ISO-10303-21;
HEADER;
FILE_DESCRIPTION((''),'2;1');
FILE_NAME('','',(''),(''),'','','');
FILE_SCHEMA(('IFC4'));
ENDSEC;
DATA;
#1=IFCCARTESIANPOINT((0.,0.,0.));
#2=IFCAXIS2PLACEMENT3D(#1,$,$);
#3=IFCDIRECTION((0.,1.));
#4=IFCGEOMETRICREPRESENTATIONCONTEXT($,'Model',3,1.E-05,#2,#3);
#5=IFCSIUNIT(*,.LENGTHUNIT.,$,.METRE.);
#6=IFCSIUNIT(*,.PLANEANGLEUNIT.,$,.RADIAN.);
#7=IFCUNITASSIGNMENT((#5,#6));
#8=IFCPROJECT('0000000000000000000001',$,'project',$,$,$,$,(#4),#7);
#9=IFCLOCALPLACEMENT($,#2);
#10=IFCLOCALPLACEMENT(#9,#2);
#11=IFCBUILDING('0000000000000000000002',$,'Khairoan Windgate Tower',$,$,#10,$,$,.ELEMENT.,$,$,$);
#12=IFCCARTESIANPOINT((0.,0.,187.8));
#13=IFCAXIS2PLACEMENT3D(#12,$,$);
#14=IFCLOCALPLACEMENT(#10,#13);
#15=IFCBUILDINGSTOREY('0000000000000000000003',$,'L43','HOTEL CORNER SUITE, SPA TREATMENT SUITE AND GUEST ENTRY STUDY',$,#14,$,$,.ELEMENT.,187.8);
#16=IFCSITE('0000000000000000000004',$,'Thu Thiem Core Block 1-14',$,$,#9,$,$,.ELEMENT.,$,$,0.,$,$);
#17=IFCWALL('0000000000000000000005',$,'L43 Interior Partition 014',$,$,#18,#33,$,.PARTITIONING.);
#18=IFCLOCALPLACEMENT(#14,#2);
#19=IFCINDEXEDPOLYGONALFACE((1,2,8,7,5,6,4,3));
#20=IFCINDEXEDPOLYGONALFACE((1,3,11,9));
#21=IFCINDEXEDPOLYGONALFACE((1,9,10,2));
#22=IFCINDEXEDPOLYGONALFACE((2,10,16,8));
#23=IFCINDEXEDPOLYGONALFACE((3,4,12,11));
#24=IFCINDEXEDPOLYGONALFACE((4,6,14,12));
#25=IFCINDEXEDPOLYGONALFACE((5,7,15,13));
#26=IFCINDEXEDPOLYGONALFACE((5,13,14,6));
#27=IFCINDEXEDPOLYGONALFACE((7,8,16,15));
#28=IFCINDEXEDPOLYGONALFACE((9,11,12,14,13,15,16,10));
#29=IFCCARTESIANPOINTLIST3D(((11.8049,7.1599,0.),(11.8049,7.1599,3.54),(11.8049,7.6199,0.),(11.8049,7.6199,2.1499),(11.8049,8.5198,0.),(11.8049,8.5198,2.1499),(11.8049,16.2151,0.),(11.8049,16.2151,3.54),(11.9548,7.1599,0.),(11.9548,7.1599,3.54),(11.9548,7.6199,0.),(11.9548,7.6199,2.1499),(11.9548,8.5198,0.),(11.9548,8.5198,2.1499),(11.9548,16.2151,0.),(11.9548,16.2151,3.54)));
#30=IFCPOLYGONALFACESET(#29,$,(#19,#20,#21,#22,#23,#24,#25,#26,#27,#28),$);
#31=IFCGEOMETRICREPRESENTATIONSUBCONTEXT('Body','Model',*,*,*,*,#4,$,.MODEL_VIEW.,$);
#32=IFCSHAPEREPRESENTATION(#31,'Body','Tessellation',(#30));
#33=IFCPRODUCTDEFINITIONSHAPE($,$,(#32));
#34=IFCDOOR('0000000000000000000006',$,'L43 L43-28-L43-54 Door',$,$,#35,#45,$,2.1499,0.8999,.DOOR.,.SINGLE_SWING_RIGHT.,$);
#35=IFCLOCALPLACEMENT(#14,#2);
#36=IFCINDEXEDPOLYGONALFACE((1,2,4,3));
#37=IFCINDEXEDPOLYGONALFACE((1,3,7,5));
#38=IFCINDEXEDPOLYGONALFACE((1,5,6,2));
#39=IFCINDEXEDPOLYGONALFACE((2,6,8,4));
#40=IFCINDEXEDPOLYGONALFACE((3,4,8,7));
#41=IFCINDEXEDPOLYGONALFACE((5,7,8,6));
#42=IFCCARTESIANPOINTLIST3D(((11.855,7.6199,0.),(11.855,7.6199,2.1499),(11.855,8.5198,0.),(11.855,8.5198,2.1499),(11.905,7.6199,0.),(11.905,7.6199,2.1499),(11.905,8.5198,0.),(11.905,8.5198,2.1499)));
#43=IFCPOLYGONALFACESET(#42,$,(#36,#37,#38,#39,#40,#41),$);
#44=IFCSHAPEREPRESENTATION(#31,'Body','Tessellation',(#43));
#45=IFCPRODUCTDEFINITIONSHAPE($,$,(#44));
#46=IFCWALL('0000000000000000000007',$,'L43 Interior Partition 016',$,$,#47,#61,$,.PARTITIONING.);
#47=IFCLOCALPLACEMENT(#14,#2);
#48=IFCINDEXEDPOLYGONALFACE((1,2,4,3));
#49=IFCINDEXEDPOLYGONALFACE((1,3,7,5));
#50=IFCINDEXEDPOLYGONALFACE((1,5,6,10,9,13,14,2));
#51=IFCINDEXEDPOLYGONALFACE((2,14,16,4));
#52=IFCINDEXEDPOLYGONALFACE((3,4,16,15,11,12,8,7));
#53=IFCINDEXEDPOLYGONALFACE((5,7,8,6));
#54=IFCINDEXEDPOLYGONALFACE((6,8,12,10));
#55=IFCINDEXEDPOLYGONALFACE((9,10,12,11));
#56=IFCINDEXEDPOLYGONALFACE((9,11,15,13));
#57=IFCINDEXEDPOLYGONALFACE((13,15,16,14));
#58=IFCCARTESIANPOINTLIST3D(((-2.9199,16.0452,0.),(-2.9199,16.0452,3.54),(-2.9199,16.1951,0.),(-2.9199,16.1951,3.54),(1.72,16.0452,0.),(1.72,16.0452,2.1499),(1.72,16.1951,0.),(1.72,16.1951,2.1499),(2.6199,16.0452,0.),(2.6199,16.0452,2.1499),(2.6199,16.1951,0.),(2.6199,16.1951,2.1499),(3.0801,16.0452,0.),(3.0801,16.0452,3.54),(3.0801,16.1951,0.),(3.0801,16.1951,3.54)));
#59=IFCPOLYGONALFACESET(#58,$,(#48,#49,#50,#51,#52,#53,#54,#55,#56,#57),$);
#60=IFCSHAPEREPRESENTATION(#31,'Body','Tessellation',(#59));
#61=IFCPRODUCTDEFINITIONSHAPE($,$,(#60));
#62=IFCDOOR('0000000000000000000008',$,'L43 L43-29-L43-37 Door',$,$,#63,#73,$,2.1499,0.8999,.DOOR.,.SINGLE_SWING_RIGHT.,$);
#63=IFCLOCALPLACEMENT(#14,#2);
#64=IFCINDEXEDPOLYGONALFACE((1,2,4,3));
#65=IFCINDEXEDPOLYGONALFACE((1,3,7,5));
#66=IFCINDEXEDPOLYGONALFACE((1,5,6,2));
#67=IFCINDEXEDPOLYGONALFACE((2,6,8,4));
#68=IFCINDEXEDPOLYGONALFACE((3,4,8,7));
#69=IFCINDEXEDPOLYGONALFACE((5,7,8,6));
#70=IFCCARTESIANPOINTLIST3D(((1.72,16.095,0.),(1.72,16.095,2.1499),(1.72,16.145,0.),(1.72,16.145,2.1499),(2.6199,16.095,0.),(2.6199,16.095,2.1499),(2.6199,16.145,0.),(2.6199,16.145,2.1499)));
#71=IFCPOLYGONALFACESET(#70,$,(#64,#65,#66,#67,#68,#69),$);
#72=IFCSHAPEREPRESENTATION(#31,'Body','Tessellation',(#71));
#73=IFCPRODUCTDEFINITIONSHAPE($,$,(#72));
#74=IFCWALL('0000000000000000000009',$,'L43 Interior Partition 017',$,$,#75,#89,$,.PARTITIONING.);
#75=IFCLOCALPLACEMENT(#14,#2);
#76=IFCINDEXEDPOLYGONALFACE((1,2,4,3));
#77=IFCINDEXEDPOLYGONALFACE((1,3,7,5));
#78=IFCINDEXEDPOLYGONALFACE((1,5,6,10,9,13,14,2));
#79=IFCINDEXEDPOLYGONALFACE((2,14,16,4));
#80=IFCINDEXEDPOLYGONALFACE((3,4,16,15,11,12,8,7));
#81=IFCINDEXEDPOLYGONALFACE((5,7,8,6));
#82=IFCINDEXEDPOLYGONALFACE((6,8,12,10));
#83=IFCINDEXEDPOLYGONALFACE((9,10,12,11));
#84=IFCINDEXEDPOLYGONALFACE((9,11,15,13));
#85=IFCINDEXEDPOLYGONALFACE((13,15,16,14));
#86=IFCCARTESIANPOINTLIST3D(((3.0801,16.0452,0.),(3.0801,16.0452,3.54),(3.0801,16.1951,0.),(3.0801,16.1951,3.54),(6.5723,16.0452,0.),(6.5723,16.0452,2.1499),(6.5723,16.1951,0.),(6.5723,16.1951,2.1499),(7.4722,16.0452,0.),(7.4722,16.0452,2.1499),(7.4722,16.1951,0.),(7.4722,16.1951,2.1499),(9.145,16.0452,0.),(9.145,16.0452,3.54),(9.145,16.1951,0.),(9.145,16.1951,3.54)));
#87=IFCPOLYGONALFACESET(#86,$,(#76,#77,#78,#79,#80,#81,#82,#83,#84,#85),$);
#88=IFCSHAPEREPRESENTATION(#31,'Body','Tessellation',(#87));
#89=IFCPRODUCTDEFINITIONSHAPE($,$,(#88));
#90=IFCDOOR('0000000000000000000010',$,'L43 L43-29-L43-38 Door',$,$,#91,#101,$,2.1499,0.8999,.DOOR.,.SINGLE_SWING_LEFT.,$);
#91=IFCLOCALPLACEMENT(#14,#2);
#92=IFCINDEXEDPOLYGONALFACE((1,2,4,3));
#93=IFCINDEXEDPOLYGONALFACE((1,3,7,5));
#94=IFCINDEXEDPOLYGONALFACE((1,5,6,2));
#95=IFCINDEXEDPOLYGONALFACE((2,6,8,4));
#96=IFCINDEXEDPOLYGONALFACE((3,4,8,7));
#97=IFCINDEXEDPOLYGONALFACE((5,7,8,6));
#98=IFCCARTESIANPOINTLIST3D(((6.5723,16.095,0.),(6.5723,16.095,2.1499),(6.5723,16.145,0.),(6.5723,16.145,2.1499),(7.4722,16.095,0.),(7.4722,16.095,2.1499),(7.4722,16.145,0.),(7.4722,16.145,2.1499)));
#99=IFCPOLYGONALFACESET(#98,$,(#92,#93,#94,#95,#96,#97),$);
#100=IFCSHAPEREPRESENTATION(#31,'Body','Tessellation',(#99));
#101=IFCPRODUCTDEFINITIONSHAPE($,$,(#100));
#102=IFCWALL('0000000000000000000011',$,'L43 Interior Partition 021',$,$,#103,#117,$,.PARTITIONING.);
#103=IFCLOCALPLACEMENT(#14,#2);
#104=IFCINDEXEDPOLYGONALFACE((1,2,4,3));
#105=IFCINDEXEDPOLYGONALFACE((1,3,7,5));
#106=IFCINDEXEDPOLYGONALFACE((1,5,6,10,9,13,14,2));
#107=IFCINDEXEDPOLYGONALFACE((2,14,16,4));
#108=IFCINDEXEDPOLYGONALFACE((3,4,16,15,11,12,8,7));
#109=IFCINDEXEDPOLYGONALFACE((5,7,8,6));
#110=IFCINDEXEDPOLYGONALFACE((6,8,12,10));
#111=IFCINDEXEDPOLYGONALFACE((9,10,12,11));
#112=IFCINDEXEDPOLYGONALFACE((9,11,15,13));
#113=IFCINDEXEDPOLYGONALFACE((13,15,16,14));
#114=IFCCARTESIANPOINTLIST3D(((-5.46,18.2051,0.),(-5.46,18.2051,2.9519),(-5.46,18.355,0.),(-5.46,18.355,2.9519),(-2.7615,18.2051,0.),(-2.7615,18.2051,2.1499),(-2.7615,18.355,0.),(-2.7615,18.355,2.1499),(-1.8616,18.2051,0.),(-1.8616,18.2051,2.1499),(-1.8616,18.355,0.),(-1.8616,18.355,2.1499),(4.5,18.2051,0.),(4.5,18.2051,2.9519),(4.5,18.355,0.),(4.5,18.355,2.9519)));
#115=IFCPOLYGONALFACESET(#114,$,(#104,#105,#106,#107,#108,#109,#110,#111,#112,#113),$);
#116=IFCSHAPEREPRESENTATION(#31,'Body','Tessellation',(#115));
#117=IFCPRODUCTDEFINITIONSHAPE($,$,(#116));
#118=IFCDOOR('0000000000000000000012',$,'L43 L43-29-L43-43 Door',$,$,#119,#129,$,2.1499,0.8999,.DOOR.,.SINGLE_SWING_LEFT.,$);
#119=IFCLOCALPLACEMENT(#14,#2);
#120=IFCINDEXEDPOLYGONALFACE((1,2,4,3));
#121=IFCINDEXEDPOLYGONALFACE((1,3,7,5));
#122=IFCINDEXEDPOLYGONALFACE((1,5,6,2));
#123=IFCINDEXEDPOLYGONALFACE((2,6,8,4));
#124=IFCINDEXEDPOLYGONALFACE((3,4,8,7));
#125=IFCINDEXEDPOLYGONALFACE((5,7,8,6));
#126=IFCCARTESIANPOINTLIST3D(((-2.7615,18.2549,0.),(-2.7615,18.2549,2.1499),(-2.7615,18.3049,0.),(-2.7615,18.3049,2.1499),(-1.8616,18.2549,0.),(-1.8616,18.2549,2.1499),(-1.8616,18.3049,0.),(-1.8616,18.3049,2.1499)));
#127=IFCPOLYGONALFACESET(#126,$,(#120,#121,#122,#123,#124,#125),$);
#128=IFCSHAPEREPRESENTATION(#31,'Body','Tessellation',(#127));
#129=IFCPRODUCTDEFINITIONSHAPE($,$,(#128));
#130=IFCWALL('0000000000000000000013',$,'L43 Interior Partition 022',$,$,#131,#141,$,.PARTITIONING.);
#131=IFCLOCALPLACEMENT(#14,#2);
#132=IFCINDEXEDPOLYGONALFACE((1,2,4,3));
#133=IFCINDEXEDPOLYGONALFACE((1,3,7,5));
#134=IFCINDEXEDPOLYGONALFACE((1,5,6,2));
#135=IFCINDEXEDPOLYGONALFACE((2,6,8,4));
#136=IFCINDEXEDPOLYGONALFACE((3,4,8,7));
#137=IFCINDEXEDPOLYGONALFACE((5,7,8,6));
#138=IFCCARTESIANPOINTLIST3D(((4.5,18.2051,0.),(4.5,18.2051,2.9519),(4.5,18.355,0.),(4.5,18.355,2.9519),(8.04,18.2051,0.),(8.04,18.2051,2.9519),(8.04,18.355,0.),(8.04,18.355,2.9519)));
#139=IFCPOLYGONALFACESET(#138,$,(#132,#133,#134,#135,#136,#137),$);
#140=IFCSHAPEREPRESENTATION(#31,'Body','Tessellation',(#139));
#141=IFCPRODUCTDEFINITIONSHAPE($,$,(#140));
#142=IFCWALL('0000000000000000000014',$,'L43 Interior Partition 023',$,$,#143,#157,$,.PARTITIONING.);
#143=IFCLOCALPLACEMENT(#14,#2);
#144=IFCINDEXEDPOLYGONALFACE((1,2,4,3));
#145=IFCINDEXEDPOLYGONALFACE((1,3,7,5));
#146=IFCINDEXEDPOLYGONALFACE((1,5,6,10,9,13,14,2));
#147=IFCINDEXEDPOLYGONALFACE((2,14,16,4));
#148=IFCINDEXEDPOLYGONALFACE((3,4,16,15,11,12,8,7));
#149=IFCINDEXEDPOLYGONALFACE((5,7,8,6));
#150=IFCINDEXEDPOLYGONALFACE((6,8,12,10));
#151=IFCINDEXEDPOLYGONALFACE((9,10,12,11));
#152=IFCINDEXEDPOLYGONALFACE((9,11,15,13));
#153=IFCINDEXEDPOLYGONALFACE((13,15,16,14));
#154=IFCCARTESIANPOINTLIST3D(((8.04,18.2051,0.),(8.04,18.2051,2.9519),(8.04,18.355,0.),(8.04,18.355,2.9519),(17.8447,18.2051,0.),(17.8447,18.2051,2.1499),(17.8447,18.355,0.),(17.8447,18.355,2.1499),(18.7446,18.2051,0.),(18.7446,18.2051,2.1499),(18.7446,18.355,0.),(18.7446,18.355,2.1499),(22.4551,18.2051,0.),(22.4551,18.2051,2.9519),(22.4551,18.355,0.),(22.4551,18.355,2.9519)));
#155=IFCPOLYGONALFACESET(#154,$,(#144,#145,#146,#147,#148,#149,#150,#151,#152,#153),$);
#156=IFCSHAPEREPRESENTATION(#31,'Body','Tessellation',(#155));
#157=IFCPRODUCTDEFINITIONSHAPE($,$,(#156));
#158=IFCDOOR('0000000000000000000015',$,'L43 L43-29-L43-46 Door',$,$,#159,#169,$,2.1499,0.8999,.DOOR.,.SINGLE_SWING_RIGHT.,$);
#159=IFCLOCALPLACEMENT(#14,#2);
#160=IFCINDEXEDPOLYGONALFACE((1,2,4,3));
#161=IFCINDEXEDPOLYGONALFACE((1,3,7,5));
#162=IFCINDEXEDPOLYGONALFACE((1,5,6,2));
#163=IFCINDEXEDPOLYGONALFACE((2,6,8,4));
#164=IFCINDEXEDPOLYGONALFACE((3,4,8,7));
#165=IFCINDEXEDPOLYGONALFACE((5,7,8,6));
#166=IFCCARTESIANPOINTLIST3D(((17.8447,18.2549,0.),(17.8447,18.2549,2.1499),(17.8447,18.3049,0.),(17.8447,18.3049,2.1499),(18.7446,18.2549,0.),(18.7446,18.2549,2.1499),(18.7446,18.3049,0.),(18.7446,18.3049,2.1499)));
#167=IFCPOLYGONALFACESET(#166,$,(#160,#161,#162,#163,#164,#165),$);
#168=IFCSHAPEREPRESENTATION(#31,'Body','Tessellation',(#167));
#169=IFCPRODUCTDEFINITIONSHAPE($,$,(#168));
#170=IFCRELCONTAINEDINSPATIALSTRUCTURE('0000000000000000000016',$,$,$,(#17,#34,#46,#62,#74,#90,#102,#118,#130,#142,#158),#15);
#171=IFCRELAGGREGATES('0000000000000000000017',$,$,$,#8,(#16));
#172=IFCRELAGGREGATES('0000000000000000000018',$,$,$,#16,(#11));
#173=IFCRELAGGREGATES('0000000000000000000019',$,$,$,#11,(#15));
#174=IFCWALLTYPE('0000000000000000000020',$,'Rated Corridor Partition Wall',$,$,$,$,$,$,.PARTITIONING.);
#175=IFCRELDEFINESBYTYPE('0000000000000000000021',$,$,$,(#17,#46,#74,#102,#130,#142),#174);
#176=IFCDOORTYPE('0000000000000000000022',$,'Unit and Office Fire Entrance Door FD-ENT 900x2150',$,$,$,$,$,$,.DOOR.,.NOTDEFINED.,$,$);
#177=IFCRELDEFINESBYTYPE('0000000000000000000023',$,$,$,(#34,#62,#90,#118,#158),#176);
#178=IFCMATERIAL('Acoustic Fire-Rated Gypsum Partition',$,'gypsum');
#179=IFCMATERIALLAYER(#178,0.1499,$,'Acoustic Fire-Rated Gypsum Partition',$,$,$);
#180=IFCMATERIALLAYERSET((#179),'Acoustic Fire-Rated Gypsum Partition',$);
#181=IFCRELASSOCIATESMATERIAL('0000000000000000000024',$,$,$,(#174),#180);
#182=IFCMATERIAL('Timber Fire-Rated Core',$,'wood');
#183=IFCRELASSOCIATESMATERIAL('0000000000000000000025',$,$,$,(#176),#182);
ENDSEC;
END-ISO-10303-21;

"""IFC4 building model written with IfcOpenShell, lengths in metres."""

from ifc_helpers import new_model, si_unit, direction, frame, frame_2d, origin, place, context, subcontext, project, spatial, rectangle, extrude, material, layer, layer_set, type_object, element, fill, save


model = new_model("IFC4")

# Units and contexts
model_context = context("Model", 3, precision=1e-05, world=origin(), true_north=direction((0.0, 1.0)))
body_context = subcontext(model_context, "Body", "Model", "MODEL_VIEW")
ifc_project = project(units=[si_unit("LENGTHUNIT", "METRE"), si_unit("PLANEANGLEUNIT", "RADIAN")], contexts=[model_context])

# Site, building, storey
site_placement = place(None, origin())
site = spatial("IfcSite", under=ifc_project, at=site_placement, Name="Thu Thiem Core Block 1-14", CompositionType="ELEMENT", RefElevation=0.0)
building_placement = place(site_placement, origin())
building = spatial("IfcBuilding", under=site, at=building_placement, Name="Khairoan Windgate Tower", CompositionType="ELEMENT")
storey_placement = place(building_placement, frame((0.0, 0.0, 187.8)))
storey = spatial("IfcBuildingStorey", under=building, at=storey_placement, Name="L43", Description="HOTEL CORNER SUITE, SPA TREATMENT SUITE AND GUEST ENTRY STUDY", CompositionType="ELEMENT", Elevation=187.8)

# Walls, openings, doors
ifc_material_1 = material(Name="Acoustic Fire-Rated Gypsum Partition", Category="gypsum")
ifc_layer_1 = layer(ifc_material_1, 0.1499, Name="Acoustic Fire-Rated Gypsum Partition")
ifc_layer_set_1 = layer_set([ifc_layer_1], Name="Acoustic Fire-Rated Gypsum Partition")
wall_type_1 = type_object("IfcWallType", Name="Rated Corridor Partition Wall", PredefinedType="PARTITIONING", material=ifc_layer_set_1)
wall_1_placement = place(storey_placement, frame((11.8799, 7.1599, 0.0), z_axis=(0.0, 0.0, 1.0), x_axis=(0.0, 1.0, 0.0)))
wall_1 = element("IfcWall", 1, at=wall_1_placement, inside=storey, type_object=wall_type_1, Name="L43 Interior Partition 014", PredefinedType="PARTITIONING", context=body_context, shape_type="SweptSolid", body=[
    extrude(rectangle(XDim=9.0552, YDim=0.1499, at=frame_2d((4.5276, 0.0))), origin(), (0.0, 0.0, 1.0), 3.54),
])
opening_1_placement = place(wall_1_placement, frame((0.46, 0.0, 0.0)))
opening_1 = element("IfcOpeningElement", 2, at=opening_1_placement, cuts=wall_1, PredefinedType="OPENING", context=body_context, shape_type="SweptSolid", body=[
    extrude(rectangle(XDim=0.8999, YDim=2.1499, at=frame_2d((0.45, 1.075))), frame((0.0, 0.085, 0.0), z_axis=(0.0, -1.0, 0.0), x_axis=(1.0, 0.0, 0.0)), (0.0, 0.0, 1.0), 0.1699),
])
ifc_material_2 = material(Name="Timber Fire-Rated Core", Category="wood")
door_type_1 = type_object("IfcDoorType", Name="Unit and Office Fire Entrance Door FD-ENT 900x2150", OperationType="NOTDEFINED", PredefinedType="DOOR", material=ifc_material_2)
door_1_placement = place(opening_1_placement, origin())
door_1 = element("IfcDoor", 3, at=door_1_placement, inside=storey, type_object=door_type_1, Name="L43 L43-28-L43-54 Door", OperationType="SINGLE_SWING_RIGHT", OverallHeight=2.1499, OverallWidth=0.8999, PredefinedType="DOOR", context=body_context, shape_type="SweptSolid", body=[
    extrude(rectangle(XDim=0.8999, YDim=2.1499, at=frame_2d((0.45, 1.075))), frame((0.0, 0.0249, 0.0), z_axis=(0.0, -1.0, 0.0), x_axis=(1.0, 0.0, 0.0)), (0.0, 0.0, 1.0), 0.05),
])
fill(opening_1, door_1)
wall_2_placement = place(storey_placement, frame((-2.9199, 16.1201, 0.0), z_axis=(0.0, 0.0, 1.0), x_axis=(1.0, 0.0, 0.0)))
wall_2 = element("IfcWall", 4, at=wall_2_placement, inside=storey, type_object=wall_type_1, Name="L43 Interior Partition 016", PredefinedType="PARTITIONING", context=body_context, shape_type="SweptSolid", body=[
    extrude(rectangle(XDim=6.0, YDim=0.1499, at=frame_2d((3.0, 0.0))), origin(), (0.0, 0.0, 1.0), 3.54),
])
opening_2_placement = place(wall_2_placement, frame((4.6399, 0.0, 0.0)))
opening_2 = element("IfcOpeningElement", 5, at=opening_2_placement, cuts=wall_2, PredefinedType="OPENING", context=body_context, shape_type="SweptSolid", body=[
    extrude(rectangle(XDim=0.8999, YDim=2.1499, at=frame_2d((0.45, 1.075))), frame((0.0, 0.085, 0.0), z_axis=(0.0, -1.0, 0.0), x_axis=(1.0, 0.0, 0.0)), (0.0, 0.0, 1.0), 0.1699),
])
door_2_placement = place(opening_2_placement, origin())
door_2 = element("IfcDoor", 6, at=door_2_placement, inside=storey, type_object=door_type_1, Name="L43 L43-29-L43-37 Door", OperationType="SINGLE_SWING_RIGHT", OverallHeight=2.1499, OverallWidth=0.8999, PredefinedType="DOOR", context=body_context, shape_type="SweptSolid", body=[
    extrude(rectangle(XDim=0.8999, YDim=2.1499, at=frame_2d((0.45, 1.075))), frame((0.0, 0.0249, 0.0), z_axis=(0.0, -1.0, 0.0), x_axis=(1.0, 0.0, 0.0)), (0.0, 0.0, 1.0), 0.05),
])
fill(opening_2, door_2)
wall_3_placement = place(storey_placement, frame((3.0801, 16.1201, 0.0), z_axis=(0.0, 0.0, 1.0), x_axis=(1.0, 0.0, 0.0)))
wall_3 = element("IfcWall", 7, at=wall_3_placement, inside=storey, type_object=wall_type_1, Name="L43 Interior Partition 017", PredefinedType="PARTITIONING", context=body_context, shape_type="SweptSolid", body=[
    extrude(rectangle(XDim=6.0649, YDim=0.1499, at=frame_2d((3.0325, 0.0))), origin(), (0.0, 0.0, 1.0), 3.54),
])
opening_3_placement = place(wall_3_placement, frame((3.4922, 0.0, 0.0)))
opening_3 = element("IfcOpeningElement", 8, at=opening_3_placement, cuts=wall_3, PredefinedType="OPENING", context=body_context, shape_type="SweptSolid", body=[
    extrude(rectangle(XDim=0.8999, YDim=2.1499, at=frame_2d((0.45, 1.075))), frame((0.0, 0.085, 0.0), z_axis=(0.0, -1.0, 0.0), x_axis=(1.0, 0.0, 0.0)), (0.0, 0.0, 1.0), 0.1699),
])
door_3_placement = place(opening_3_placement, origin())
door_3 = element("IfcDoor", 9, at=door_3_placement, inside=storey, type_object=door_type_1, Name="L43 L43-29-L43-38 Door", OperationType="SINGLE_SWING_LEFT", OverallHeight=2.1499, OverallWidth=0.8999, PredefinedType="DOOR", context=body_context, shape_type="SweptSolid", body=[
    extrude(rectangle(XDim=0.8999, YDim=2.1499, at=frame_2d((0.45, 1.075))), frame((0.0, 0.0249, 0.0), z_axis=(0.0, -1.0, 0.0), x_axis=(1.0, 0.0, 0.0)), (0.0, 0.0, 1.0), 0.05),
])
fill(opening_3, door_3)
wall_4_placement = place(storey_placement, frame((-5.46, 18.28, 0.0), z_axis=(0.0, 0.0, 1.0), x_axis=(1.0, 0.0, 0.0)))
wall_4 = element("IfcWall", 10, at=wall_4_placement, inside=storey, type_object=wall_type_1, Name="L43 Interior Partition 021", PredefinedType="PARTITIONING", context=body_context, shape_type="SweptSolid", body=[
    extrude(rectangle(XDim=9.96, YDim=0.1499, at=frame_2d((4.98, 0.0))), origin(), (0.0, 0.0, 1.0), 2.9519),
])
opening_4_placement = place(wall_4_placement, frame((2.6985, 0.0, 0.0)))
opening_4 = element("IfcOpeningElement", 11, at=opening_4_placement, cuts=wall_4, PredefinedType="OPENING", context=body_context, shape_type="SweptSolid", body=[
    extrude(rectangle(XDim=0.8999, YDim=2.1499, at=frame_2d((0.45, 1.075))), frame((0.0, 0.085, 0.0), z_axis=(0.0, -1.0, 0.0), x_axis=(1.0, 0.0, 0.0)), (0.0, 0.0, 1.0), 0.1699),
])
door_4_placement = place(opening_4_placement, origin())
door_4 = element("IfcDoor", 12, at=door_4_placement, inside=storey, type_object=door_type_1, Name="L43 L43-29-L43-43 Door", OperationType="SINGLE_SWING_LEFT", OverallHeight=2.1499, OverallWidth=0.8999, PredefinedType="DOOR", context=body_context, shape_type="SweptSolid", body=[
    extrude(rectangle(XDim=0.8999, YDim=2.1499, at=frame_2d((0.45, 1.075))), frame((0.0, 0.0249, 0.0), z_axis=(0.0, -1.0, 0.0), x_axis=(1.0, 0.0, 0.0)), (0.0, 0.0, 1.0), 0.05),
])
fill(opening_4, door_4)

# Wall
wall_5_placement = place(storey_placement, frame((4.5, 18.28, 0.0), z_axis=(0.0, 0.0, 1.0), x_axis=(1.0, 0.0, 0.0)))
element("IfcWall", 13, at=wall_5_placement, inside=storey, type_object=wall_type_1, Name="L43 Interior Partition 022", PredefinedType="PARTITIONING", context=body_context, shape_type="SweptSolid", body=[
    extrude(rectangle(XDim=3.54, YDim=0.1499, at=frame_2d((1.77, 0.0))), origin(), (0.0, 0.0, 1.0), 2.9519),
])

# Wall, opening, door
wall_6_placement = place(storey_placement, frame((8.04, 18.28, 0.0), z_axis=(0.0, 0.0, 1.0), x_axis=(1.0, 0.0, 0.0)))
wall_6 = element("IfcWall", 14, at=wall_6_placement, inside=storey, type_object=wall_type_1, Name="L43 Interior Partition 023", PredefinedType="PARTITIONING", context=body_context, shape_type="SweptSolid", body=[
    extrude(rectangle(XDim=14.415, YDim=0.1499, at=frame_2d((7.2075, 0.0))), origin(), (0.0, 0.0, 1.0), 2.9519),
])
opening_5_placement = place(wall_6_placement, frame((9.8047, 0.0, 0.0)))
opening_5 = element("IfcOpeningElement", 15, at=opening_5_placement, cuts=wall_6, PredefinedType="OPENING", context=body_context, shape_type="SweptSolid", body=[
    extrude(rectangle(XDim=0.8999, YDim=2.1499, at=frame_2d((0.45, 1.075))), frame((0.0, 0.085, 0.0), z_axis=(0.0, -1.0, 0.0), x_axis=(1.0, 0.0, 0.0)), (0.0, 0.0, 1.0), 0.1699),
])
door_5_placement = place(opening_5_placement, origin())
door_5 = element("IfcDoor", 16, at=door_5_placement, inside=storey, type_object=door_type_1, Name="L43 L43-29-L43-46 Door", OperationType="SINGLE_SWING_RIGHT", OverallHeight=2.1499, OverallWidth=0.8999, PredefinedType="DOOR", context=body_context, shape_type="SweptSolid", body=[
    extrude(rectangle(XDim=0.8999, YDim=2.1499, at=frame_2d((0.45, 1.075))), frame((0.0, 0.0249, 0.0), z_axis=(0.0, -1.0, 0.0), x_axis=(1.0, 0.0, 0.0)), (0.0, 0.0, 1.0), 0.05),
])
fill(opening_5, door_5)

save(model, "model.ifc")
